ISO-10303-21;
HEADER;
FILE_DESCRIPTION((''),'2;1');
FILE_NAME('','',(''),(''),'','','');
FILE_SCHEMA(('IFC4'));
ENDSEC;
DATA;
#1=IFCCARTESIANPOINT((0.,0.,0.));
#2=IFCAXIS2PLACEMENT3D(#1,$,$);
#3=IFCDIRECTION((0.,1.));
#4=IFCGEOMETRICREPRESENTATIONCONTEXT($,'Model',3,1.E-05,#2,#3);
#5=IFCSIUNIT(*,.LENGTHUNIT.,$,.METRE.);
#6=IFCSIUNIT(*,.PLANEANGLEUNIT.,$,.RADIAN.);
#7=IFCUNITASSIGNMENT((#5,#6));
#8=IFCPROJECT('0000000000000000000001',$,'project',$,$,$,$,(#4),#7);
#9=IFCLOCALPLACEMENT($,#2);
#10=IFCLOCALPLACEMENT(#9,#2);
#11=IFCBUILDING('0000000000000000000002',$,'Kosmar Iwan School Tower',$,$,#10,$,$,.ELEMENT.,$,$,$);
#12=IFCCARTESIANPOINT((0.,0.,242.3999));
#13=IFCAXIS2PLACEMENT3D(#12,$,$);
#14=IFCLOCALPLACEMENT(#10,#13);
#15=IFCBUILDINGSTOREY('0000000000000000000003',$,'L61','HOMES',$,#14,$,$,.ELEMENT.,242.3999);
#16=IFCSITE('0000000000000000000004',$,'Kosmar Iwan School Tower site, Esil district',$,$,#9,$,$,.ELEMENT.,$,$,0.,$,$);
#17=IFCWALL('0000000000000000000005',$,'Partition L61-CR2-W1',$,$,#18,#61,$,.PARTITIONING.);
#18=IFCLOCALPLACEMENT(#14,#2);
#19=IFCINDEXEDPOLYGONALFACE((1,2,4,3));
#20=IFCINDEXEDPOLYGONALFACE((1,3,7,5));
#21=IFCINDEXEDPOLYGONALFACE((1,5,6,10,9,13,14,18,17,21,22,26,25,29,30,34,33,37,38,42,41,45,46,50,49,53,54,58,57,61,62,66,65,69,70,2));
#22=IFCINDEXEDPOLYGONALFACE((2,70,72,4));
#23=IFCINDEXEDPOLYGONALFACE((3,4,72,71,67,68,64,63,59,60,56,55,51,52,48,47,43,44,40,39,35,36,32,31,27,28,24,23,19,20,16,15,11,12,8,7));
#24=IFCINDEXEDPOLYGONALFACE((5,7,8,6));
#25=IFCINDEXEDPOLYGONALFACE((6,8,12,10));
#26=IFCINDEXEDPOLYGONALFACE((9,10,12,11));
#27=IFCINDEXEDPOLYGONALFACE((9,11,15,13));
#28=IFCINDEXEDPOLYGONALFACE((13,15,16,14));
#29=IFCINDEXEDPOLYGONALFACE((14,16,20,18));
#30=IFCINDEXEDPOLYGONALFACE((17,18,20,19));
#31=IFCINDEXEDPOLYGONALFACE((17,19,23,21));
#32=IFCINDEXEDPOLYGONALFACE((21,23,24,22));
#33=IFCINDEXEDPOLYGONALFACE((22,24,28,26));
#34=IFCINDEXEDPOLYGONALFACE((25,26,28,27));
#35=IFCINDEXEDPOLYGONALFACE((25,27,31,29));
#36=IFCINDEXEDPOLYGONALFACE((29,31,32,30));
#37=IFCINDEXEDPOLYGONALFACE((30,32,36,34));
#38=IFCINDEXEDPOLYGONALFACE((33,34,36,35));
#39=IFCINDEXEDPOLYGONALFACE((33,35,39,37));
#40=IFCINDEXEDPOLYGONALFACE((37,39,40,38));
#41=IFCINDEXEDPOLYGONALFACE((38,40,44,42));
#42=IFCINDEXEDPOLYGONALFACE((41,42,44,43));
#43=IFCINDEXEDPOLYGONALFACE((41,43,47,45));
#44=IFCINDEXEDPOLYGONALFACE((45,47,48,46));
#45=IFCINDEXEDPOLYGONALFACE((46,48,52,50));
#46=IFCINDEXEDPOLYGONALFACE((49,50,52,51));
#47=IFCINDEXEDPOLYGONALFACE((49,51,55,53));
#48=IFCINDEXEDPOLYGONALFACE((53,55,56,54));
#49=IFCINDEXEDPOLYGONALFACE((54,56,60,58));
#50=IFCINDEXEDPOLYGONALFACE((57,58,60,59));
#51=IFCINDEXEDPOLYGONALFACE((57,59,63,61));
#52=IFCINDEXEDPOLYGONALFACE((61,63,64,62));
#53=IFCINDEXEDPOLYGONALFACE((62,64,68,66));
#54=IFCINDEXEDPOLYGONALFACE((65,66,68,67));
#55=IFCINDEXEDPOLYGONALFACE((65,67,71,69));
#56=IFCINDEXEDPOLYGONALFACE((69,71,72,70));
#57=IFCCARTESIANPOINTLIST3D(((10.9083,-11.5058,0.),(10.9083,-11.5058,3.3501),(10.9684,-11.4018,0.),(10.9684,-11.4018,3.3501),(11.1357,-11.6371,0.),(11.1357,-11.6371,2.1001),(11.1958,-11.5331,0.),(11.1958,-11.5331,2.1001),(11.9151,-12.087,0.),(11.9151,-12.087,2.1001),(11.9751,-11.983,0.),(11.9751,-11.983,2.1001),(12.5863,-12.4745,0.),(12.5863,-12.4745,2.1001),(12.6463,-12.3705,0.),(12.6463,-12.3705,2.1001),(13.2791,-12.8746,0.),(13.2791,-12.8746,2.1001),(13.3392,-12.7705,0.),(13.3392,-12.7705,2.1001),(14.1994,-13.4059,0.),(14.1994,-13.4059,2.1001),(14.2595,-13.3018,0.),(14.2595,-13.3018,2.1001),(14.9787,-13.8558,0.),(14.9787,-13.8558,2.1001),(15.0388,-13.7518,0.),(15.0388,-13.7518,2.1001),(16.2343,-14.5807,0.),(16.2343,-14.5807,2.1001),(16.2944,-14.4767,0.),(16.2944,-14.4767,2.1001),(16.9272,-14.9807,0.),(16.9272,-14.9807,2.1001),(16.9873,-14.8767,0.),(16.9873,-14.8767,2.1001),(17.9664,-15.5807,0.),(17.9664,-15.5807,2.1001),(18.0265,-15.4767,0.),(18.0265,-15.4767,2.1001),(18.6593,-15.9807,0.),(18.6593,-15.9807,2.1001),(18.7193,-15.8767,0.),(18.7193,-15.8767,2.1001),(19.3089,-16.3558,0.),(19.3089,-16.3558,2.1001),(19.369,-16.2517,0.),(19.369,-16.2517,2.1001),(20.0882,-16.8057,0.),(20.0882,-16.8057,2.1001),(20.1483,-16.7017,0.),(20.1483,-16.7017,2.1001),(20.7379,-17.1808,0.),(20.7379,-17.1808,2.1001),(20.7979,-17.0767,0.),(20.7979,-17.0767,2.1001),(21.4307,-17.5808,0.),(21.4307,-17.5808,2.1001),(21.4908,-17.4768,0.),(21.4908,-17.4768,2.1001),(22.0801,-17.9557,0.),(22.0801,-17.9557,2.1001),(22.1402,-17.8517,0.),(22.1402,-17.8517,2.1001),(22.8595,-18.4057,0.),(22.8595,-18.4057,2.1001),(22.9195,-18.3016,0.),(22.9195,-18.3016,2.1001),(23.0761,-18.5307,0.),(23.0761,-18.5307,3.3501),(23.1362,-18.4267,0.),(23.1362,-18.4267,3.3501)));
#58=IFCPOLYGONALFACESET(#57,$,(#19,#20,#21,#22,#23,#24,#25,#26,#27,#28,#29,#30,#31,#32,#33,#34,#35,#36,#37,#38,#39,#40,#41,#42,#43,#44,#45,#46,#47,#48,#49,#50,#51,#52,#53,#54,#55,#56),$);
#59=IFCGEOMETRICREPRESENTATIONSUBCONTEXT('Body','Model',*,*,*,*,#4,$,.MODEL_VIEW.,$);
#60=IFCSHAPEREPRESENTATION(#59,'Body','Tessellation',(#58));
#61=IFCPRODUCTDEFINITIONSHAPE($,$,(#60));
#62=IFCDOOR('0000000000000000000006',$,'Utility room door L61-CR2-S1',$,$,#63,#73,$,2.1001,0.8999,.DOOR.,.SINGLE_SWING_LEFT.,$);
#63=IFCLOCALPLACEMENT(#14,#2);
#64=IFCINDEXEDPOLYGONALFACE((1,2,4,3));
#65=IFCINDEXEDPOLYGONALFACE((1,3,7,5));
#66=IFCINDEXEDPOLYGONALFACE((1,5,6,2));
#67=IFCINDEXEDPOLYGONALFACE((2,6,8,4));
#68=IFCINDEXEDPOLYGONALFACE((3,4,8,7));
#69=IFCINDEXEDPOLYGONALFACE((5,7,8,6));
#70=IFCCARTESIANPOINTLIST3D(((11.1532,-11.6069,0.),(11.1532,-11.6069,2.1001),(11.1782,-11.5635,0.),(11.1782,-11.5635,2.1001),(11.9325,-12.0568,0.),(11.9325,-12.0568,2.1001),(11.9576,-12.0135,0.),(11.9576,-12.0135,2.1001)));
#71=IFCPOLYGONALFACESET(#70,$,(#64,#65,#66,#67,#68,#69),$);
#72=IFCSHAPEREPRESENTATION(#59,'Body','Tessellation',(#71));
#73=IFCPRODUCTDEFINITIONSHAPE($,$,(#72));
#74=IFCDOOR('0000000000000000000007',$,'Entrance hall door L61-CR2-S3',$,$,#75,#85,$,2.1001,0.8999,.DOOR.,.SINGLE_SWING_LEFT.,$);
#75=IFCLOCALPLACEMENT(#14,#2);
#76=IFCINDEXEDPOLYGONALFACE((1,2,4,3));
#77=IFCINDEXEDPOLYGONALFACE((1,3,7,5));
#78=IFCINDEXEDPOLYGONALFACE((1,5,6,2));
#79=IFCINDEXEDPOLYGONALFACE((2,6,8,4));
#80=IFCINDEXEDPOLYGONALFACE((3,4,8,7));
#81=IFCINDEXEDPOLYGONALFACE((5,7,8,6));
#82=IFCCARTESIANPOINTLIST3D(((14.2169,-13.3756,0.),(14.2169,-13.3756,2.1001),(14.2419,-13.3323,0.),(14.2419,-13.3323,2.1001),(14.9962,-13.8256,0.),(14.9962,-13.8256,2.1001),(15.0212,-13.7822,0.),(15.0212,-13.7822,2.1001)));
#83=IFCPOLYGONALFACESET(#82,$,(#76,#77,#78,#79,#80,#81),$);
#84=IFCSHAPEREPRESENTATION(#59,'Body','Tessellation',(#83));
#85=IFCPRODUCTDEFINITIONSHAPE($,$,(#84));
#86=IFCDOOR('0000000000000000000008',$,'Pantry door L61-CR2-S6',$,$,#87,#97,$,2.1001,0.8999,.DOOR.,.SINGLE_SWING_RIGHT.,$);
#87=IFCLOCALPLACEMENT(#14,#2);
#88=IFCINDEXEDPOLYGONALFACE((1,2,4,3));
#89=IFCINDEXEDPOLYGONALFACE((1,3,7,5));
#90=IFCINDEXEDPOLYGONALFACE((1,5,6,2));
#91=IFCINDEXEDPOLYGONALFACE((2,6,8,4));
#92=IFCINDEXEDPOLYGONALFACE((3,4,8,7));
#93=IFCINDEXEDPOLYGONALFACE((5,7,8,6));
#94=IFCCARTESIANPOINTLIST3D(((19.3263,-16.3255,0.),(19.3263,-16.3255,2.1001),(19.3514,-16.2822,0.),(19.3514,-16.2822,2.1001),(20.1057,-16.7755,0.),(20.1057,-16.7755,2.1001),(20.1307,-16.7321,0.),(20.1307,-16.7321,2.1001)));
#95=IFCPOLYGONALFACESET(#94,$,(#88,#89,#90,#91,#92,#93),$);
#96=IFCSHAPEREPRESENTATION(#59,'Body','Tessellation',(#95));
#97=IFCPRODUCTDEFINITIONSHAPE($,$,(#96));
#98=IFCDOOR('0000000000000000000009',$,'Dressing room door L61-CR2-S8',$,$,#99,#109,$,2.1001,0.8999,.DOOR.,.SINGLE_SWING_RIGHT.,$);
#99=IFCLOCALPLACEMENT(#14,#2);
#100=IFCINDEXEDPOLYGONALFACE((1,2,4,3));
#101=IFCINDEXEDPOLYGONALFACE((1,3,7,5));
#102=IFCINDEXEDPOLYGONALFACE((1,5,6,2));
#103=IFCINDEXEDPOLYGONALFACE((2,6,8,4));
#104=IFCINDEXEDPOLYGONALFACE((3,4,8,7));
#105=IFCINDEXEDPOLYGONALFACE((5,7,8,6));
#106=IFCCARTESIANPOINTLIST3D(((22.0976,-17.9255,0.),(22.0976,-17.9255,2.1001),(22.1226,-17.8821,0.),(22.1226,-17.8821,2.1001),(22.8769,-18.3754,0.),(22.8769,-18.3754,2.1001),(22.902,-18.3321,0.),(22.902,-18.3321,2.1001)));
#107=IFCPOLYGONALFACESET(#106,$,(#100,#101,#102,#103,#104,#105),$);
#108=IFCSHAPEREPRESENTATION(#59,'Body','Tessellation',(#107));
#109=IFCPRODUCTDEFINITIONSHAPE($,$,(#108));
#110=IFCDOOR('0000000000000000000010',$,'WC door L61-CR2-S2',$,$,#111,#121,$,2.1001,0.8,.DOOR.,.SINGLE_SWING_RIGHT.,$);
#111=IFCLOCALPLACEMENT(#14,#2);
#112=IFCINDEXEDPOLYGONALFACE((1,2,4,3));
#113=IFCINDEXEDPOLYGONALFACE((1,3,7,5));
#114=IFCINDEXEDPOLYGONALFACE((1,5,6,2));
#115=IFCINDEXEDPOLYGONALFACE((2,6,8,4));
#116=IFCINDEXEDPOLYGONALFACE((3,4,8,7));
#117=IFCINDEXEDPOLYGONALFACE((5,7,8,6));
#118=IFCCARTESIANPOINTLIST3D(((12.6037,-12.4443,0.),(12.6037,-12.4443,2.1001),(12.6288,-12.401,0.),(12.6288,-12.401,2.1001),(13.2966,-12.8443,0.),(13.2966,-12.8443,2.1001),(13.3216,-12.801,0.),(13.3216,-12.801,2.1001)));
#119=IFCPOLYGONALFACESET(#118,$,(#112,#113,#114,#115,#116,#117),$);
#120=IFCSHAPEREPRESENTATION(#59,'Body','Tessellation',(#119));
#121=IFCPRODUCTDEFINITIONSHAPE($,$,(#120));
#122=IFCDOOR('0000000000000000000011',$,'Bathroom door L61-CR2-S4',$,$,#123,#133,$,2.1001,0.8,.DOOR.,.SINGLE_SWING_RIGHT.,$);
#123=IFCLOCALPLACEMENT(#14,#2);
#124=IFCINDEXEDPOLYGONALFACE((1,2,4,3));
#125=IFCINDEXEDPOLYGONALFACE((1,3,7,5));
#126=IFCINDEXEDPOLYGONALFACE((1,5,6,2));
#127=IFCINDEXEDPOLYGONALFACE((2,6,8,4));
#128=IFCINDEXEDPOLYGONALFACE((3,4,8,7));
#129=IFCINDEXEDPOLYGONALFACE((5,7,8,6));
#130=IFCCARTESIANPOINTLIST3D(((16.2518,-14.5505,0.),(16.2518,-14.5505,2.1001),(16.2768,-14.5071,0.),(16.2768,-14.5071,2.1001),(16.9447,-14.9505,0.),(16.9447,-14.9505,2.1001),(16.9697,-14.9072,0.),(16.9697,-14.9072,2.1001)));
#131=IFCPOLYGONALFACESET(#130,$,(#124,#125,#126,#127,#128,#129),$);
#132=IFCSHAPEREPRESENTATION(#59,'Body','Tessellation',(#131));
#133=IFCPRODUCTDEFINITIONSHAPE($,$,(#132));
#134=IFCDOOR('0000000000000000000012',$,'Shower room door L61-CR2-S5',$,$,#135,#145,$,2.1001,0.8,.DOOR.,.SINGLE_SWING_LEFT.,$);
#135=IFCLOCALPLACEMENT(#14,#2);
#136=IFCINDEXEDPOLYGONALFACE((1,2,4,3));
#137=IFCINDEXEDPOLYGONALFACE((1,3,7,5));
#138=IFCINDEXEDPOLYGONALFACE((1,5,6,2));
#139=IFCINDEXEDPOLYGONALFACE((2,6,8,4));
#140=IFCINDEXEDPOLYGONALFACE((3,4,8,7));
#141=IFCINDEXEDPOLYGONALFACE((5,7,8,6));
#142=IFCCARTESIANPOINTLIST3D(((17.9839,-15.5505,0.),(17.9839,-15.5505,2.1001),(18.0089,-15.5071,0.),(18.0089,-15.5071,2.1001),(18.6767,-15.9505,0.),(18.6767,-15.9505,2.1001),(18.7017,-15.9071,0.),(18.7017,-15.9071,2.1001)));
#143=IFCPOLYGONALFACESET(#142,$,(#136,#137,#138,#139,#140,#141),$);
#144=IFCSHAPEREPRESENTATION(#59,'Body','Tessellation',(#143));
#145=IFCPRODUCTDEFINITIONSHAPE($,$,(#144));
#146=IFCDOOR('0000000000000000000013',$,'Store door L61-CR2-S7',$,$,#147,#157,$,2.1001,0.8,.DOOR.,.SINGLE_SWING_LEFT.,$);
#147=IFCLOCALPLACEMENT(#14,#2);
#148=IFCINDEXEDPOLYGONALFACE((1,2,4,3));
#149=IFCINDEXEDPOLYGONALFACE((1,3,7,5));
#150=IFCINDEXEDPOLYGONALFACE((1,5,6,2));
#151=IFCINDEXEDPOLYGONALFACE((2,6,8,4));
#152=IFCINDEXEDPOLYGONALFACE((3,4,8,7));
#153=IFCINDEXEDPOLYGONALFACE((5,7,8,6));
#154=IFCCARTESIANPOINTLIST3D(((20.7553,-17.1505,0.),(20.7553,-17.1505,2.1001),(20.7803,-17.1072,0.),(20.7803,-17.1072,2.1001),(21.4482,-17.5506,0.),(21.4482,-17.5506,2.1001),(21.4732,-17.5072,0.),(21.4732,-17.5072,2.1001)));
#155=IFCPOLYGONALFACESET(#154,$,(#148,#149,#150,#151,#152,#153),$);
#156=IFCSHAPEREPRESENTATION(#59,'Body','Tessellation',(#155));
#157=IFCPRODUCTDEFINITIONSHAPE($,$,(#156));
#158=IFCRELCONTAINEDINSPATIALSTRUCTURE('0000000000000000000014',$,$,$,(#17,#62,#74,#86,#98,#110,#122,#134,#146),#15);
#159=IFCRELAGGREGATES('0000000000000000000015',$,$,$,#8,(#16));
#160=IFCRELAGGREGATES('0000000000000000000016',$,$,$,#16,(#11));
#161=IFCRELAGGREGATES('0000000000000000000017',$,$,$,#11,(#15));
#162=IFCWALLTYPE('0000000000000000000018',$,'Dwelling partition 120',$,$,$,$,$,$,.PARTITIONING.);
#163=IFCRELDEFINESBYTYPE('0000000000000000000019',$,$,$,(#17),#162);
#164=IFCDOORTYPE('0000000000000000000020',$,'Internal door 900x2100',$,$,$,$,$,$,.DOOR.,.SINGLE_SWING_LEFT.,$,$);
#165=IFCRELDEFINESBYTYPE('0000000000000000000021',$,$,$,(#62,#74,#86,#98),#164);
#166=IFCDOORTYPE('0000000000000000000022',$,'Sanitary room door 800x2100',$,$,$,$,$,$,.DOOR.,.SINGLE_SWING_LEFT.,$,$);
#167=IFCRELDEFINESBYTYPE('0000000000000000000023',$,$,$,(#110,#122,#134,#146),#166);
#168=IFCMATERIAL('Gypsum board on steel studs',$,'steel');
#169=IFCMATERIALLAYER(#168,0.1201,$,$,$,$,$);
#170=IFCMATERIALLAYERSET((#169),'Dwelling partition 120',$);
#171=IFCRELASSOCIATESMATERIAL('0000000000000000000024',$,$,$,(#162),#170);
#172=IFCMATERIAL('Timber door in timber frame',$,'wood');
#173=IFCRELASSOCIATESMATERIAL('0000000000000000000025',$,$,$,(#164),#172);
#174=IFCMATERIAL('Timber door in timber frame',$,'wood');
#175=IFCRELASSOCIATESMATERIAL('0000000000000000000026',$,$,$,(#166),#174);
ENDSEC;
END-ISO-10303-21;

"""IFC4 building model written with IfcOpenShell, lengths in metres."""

from ifc_helpers import new_model, si_unit, direction, frame, frame_2d, origin, place, context, subcontext, project, spatial, rectangle, extrude, material, layer, layer_set, type_object, element, fill, save


model = new_model("IFC4")

# Units and contexts
model_context = context("Model", 3, precision=1e-05, world=origin(), true_north=direction((0.0, 1.0)))
body_context = subcontext(model_context, "Body", "Model", "MODEL_VIEW")
ifc_project = project(units=[si_unit("LENGTHUNIT", "METRE"), si_unit("PLANEANGLEUNIT", "RADIAN")], contexts=[model_context])

# Site, building, storey
site_placement = place(None, origin())
site = spatial("IfcSite", under=ifc_project, at=site_placement, Name="Kosmar Iwan School Tower site, Esil district", CompositionType="ELEMENT", RefElevation=0.0)
building_placement = place(site_placement, origin())
building = spatial("IfcBuilding", under=site, at=building_placement, Name="Kosmar Iwan School Tower", CompositionType="ELEMENT")
storey_placement = place(building_placement, frame((0.0, 0.0, 242.3999)))
storey = spatial("IfcBuildingStorey", under=building, at=storey_placement, Name="L61", Description="HOMES", CompositionType="ELEMENT", Elevation=242.3999)

# Shared definitions
ifc_material_1 = material(Name="Gypsum board on steel studs", Category="steel")
ifc_layer = layer(ifc_material_1, 0.1201)
ifc_layer_set = layer_set([ifc_layer], Name="Dwelling partition 120")
wall_type = type_object("IfcWallType", Name="Dwelling partition 120", PredefinedType="PARTITIONING", material=ifc_layer_set)
ifc_material_2 = material(Name="Timber door in timber frame", Category="wood")
door_type_1 = type_object("IfcDoorType", Name="Internal door 900x2100", OperationType="SINGLE_SWING_LEFT", PredefinedType="DOOR", material=ifc_material_2)
ifc_material_3 = material(Name="Timber door in timber frame", Category="wood")
door_type_2 = type_object("IfcDoorType", Name="Sanitary room door 800x2100", OperationType="SINGLE_SWING_LEFT", PredefinedType="DOOR", material=ifc_material_3)

# Wall, openings, doors
wall_1_placement = place(storey_placement, frame((10.9385, -11.4539, 0.0), z_axis=(0.0, 0.0, 1.0), x_axis=(0.86603, -0.499993, 0.0)))
wall_1 = element("IfcWall", 1, at=wall_1_placement, inside=storey, type_object=wall_type, Name="Partition L61-CR2-W1", PredefinedType="PARTITIONING", context=body_context, shape_type="SweptSolid", body=[
    extrude(rectangle(XDim=14.05, YDim=0.1201, at=frame_2d((7.0249, 0.0))), origin(), (0.0, 0.0, 1.0), 3.3501),
])
opening_1_placement = place(wall_1_placement, frame((0.2625, 0.0, 0.0)))
opening_1 = element("IfcOpeningElement", 2, at=opening_1_placement, cuts=wall_1, PredefinedType="OPENING", context=body_context, shape_type="SweptSolid", body=[
    extrude(rectangle(XDim=0.8999, YDim=2.1001, at=frame_2d((0.45, 1.05))), frame((0.0, 0.072, 0.0), z_axis=(0.0, -1.0, 0.0), x_axis=(1.0, 0.0, 0.0)), (0.0, 0.0, 1.0), 0.144),
])
opening_2_placement = place(wall_1_placement, frame((1.9375, 0.0, 0.0)))
opening_2 = element("IfcOpeningElement", 3, at=opening_2_placement, cuts=wall_1, PredefinedType="OPENING", context=body_context, shape_type="SweptSolid", body=[
    extrude(rectangle(XDim=0.8, YDim=2.1001, at=frame_2d((0.3999, 1.05))), frame((0.0, 0.072, 0.0), z_axis=(0.0, -1.0, 0.0), x_axis=(1.0, 0.0, 0.0)), (0.0, 0.0, 1.0), 0.144),
])
opening_3_placement = place(wall_1_placement, frame((3.8, 0.0, 0.0)))
opening_3 = element("IfcOpeningElement", 4, at=opening_3_placement, cuts=wall_1, PredefinedType="OPENING", context=body_context, shape_type="SweptSolid", body=[
    extrude(rectangle(XDim=0.8999, YDim=2.1001, at=frame_2d((0.45, 1.05))), frame((0.0, 0.072, 0.0), z_axis=(0.0, -1.0, 0.0), x_axis=(1.0, 0.0, 0.0)), (0.0, 0.0, 1.0), 0.144),
])
opening_4_placement = place(wall_1_placement, frame((6.1499, 0.0, 0.0)))
opening_4 = element("IfcOpeningElement", 5, at=opening_4_placement, cuts=wall_1, PredefinedType="OPENING", context=body_context, shape_type="SweptSolid", body=[
    extrude(rectangle(XDim=0.8, YDim=2.1001, at=frame_2d((0.3999, 1.05))), frame((0.0, 0.072, 0.0), z_axis=(0.0, -1.0, 0.0), x_axis=(1.0, 0.0, 0.0)), (0.0, 0.0, 1.0), 0.144),
])
opening_5_placement = place(wall_1_placement, frame((8.1499, 0.0, 0.0)))
opening_5 = element("IfcOpeningElement", 6, at=opening_5_placement, cuts=wall_1, PredefinedType="OPENING", context=body_context, shape_type="SweptSolid", body=[
    extrude(rectangle(XDim=0.8, YDim=2.1001, at=frame_2d((0.3999, 1.05))), frame((0.0, 0.072, 0.0), z_axis=(0.0, -1.0, 0.0), x_axis=(1.0, 0.0, 0.0)), (0.0, 0.0, 1.0), 0.144),
])
opening_6_placement = place(wall_1_placement, frame((9.7, 0.0, 0.0)))
opening_6 = element("IfcOpeningElement", 7, at=opening_6_placement, cuts=wall_1, PredefinedType="OPENING", context=body_context, shape_type="SweptSolid", body=[
    extrude(rectangle(XDim=0.8999, YDim=2.1001, at=frame_2d((0.45, 1.05))), frame((0.0, 0.072, 0.0), z_axis=(0.0, -1.0, 0.0), x_axis=(1.0, 0.0, 0.0)), (0.0, 0.0, 1.0), 0.144),
])
opening_7_placement = place(wall_1_placement, frame((11.3501, 0.0, 0.0)))
opening_7 = element("IfcOpeningElement", 8, at=opening_7_placement, cuts=wall_1, PredefinedType="OPENING", context=body_context, shape_type="SweptSolid", body=[
    extrude(rectangle(XDim=0.8, YDim=2.1001, at=frame_2d((0.3999, 1.05))), frame((0.0, 0.072, 0.0), z_axis=(0.0, -1.0, 0.0), x_axis=(1.0, 0.0, 0.0)), (0.0, 0.0, 1.0), 0.144),
])
opening_8_placement = place(wall_1_placement, frame((12.8999, 0.0, 0.0)))
opening_8 = element("IfcOpeningElement", 9, at=opening_8_placement, cuts=wall_1, PredefinedType="OPENING", context=body_context, shape_type="SweptSolid", body=[
    extrude(rectangle(XDim=0.8999, YDim=2.1001, at=frame_2d((0.45, 1.05))), frame((0.0, 0.072, 0.0), z_axis=(0.0, -1.0, 0.0), x_axis=(1.0, 0.0, 0.0)), (0.0, 0.0, 1.0), 0.144),
])
door_1_placement = place(opening_1_placement, origin())
door_1 = element("IfcDoor", 10, at=door_1_placement, inside=storey, type_object=door_type_1, Name="Utility room door L61-CR2-S1", OperationType="SINGLE_SWING_LEFT", OverallHeight=2.1001, OverallWidth=0.8999, PredefinedType="DOOR", context=body_context, shape_type="SweptSolid", body=[
    extrude(rectangle(XDim=0.8999, YDim=2.1001, at=frame_2d((0.45, 1.05))), frame((0.0, 0.0249, 0.0), z_axis=(0.0, -1.0, 0.0), x_axis=(1.0, 0.0, 0.0)), (0.0, 0.0, 1.0), 0.05),
])
fill(opening_1, door_1)
door_2_placement = place(opening_3_placement, origin())
door_2 = element("IfcDoor", 11, at=door_2_placement, inside=storey, type_object=door_type_1, Name="Entrance hall door L61-CR2-S3", OperationType="SINGLE_SWING_LEFT", OverallHeight=2.1001, OverallWidth=0.8999, PredefinedType="DOOR", context=body_context, shape_type="SweptSolid", body=[
    extrude(rectangle(XDim=0.8999, YDim=2.1001, at=frame_2d((0.45, 1.05))), frame((0.0, 0.0249, 0.0), z_axis=(0.0, -1.0, 0.0), x_axis=(1.0, 0.0, 0.0)), (0.0, 0.0, 1.0), 0.05),
])
fill(opening_3, door_2)
door_3_placement = place(opening_6_placement, origin())
door_3 = element("IfcDoor", 12, at=door_3_placement, inside=storey, type_object=door_type_1, Name="Pantry door L61-CR2-S6", OperationType="SINGLE_SWING_RIGHT", OverallHeight=2.1001, OverallWidth=0.8999, PredefinedType="DOOR", context=body_context, shape_type="SweptSolid", body=[
    extrude(rectangle(XDim=0.8999, YDim=2.1001, at=frame_2d((0.45, 1.05))), frame((0.0, 0.0249, 0.0), z_axis=(0.0, -1.0, 0.0), x_axis=(1.0, 0.0, 0.0)), (0.0, 0.0, 1.0), 0.05),
])
fill(opening_6, door_3)
door_4_placement = place(opening_8_placement, origin())
door_4 = element("IfcDoor", 13, at=door_4_placement, inside=storey, type_object=door_type_1, Name="Dressing room door L61-CR2-S8", OperationType="SINGLE_SWING_RIGHT", OverallHeight=2.1001, OverallWidth=0.8999, PredefinedType="DOOR", context=body_context, shape_type="SweptSolid", body=[
    extrude(rectangle(XDim=0.8999, YDim=2.1001, at=frame_2d((0.45, 1.05))), frame((0.0, 0.0249, 0.0), z_axis=(0.0, -1.0, 0.0), x_axis=(1.0, 0.0, 0.0)), (0.0, 0.0, 1.0), 0.05),
])
fill(opening_8, door_4)
door_5_placement = place(opening_2_placement, origin())
door_5 = element("IfcDoor", 14, at=door_5_placement, inside=storey, type_object=door_type_2, Name="WC door L61-CR2-S2", OperationType="SINGLE_SWING_RIGHT", OverallHeight=2.1001, OverallWidth=0.8, PredefinedType="DOOR", context=body_context, shape_type="SweptSolid", body=[
    extrude(rectangle(XDim=0.8, YDim=2.1001, at=frame_2d((0.3999, 1.05))), frame((0.0, 0.0249, 0.0), z_axis=(0.0, -1.0, 0.0), x_axis=(1.0, 0.0, 0.0)), (0.0, 0.0, 1.0), 0.05),
])
fill(opening_2, door_5)
door_6_placement = place(opening_4_placement, origin())
door_6 = element("IfcDoor", 15, at=door_6_placement, inside=storey, type_object=door_type_2, Name="Bathroom door L61-CR2-S4", OperationType="SINGLE_SWING_RIGHT", OverallHeight=2.1001, OverallWidth=0.8, PredefinedType="DOOR", context=body_context, shape_type="SweptSolid", body=[
    extrude(rectangle(XDim=0.8, YDim=2.1001, at=frame_2d((0.3999, 1.05))), frame((0.0, 0.0249, 0.0), z_axis=(0.0, -1.0, 0.0), x_axis=(1.0, 0.0, 0.0)), (0.0, 0.0, 1.0), 0.05),
])
fill(opening_4, door_6)
door_7_placement = place(opening_5_placement, origin())
door_7 = element("IfcDoor", 16, at=door_7_placement, inside=storey, type_object=door_type_2, Name="Shower room door L61-CR2-S5", OperationType="SINGLE_SWING_LEFT", OverallHeight=2.1001, OverallWidth=0.8, PredefinedType="DOOR", context=body_context, shape_type="SweptSolid", body=[
    extrude(rectangle(XDim=0.8, YDim=2.1001, at=frame_2d((0.3999, 1.05))), frame((0.0, 0.0249, 0.0), z_axis=(0.0, -1.0, 0.0), x_axis=(1.0, 0.0, 0.0)), (0.0, 0.0, 1.0), 0.05),
])
fill(opening_5, door_7)
door_8_placement = place(opening_7_placement, origin())
door_8 = element("IfcDoor", 17, at=door_8_placement, inside=storey, type_object=door_type_2, Name="Store door L61-CR2-S7", OperationType="SINGLE_SWING_LEFT", OverallHeight=2.1001, OverallWidth=0.8, PredefinedType="DOOR", context=body_context, shape_type="SweptSolid", body=[
    extrude(rectangle(XDim=0.8, YDim=2.1001, at=frame_2d((0.3999, 1.05))), frame((0.0, 0.0249, 0.0), z_axis=(0.0, -1.0, 0.0), x_axis=(1.0, 0.0, 0.0)), (0.0, 0.0, 1.0), 0.05),
])
fill(opening_7, door_8)

save(model, "model.ifc")
